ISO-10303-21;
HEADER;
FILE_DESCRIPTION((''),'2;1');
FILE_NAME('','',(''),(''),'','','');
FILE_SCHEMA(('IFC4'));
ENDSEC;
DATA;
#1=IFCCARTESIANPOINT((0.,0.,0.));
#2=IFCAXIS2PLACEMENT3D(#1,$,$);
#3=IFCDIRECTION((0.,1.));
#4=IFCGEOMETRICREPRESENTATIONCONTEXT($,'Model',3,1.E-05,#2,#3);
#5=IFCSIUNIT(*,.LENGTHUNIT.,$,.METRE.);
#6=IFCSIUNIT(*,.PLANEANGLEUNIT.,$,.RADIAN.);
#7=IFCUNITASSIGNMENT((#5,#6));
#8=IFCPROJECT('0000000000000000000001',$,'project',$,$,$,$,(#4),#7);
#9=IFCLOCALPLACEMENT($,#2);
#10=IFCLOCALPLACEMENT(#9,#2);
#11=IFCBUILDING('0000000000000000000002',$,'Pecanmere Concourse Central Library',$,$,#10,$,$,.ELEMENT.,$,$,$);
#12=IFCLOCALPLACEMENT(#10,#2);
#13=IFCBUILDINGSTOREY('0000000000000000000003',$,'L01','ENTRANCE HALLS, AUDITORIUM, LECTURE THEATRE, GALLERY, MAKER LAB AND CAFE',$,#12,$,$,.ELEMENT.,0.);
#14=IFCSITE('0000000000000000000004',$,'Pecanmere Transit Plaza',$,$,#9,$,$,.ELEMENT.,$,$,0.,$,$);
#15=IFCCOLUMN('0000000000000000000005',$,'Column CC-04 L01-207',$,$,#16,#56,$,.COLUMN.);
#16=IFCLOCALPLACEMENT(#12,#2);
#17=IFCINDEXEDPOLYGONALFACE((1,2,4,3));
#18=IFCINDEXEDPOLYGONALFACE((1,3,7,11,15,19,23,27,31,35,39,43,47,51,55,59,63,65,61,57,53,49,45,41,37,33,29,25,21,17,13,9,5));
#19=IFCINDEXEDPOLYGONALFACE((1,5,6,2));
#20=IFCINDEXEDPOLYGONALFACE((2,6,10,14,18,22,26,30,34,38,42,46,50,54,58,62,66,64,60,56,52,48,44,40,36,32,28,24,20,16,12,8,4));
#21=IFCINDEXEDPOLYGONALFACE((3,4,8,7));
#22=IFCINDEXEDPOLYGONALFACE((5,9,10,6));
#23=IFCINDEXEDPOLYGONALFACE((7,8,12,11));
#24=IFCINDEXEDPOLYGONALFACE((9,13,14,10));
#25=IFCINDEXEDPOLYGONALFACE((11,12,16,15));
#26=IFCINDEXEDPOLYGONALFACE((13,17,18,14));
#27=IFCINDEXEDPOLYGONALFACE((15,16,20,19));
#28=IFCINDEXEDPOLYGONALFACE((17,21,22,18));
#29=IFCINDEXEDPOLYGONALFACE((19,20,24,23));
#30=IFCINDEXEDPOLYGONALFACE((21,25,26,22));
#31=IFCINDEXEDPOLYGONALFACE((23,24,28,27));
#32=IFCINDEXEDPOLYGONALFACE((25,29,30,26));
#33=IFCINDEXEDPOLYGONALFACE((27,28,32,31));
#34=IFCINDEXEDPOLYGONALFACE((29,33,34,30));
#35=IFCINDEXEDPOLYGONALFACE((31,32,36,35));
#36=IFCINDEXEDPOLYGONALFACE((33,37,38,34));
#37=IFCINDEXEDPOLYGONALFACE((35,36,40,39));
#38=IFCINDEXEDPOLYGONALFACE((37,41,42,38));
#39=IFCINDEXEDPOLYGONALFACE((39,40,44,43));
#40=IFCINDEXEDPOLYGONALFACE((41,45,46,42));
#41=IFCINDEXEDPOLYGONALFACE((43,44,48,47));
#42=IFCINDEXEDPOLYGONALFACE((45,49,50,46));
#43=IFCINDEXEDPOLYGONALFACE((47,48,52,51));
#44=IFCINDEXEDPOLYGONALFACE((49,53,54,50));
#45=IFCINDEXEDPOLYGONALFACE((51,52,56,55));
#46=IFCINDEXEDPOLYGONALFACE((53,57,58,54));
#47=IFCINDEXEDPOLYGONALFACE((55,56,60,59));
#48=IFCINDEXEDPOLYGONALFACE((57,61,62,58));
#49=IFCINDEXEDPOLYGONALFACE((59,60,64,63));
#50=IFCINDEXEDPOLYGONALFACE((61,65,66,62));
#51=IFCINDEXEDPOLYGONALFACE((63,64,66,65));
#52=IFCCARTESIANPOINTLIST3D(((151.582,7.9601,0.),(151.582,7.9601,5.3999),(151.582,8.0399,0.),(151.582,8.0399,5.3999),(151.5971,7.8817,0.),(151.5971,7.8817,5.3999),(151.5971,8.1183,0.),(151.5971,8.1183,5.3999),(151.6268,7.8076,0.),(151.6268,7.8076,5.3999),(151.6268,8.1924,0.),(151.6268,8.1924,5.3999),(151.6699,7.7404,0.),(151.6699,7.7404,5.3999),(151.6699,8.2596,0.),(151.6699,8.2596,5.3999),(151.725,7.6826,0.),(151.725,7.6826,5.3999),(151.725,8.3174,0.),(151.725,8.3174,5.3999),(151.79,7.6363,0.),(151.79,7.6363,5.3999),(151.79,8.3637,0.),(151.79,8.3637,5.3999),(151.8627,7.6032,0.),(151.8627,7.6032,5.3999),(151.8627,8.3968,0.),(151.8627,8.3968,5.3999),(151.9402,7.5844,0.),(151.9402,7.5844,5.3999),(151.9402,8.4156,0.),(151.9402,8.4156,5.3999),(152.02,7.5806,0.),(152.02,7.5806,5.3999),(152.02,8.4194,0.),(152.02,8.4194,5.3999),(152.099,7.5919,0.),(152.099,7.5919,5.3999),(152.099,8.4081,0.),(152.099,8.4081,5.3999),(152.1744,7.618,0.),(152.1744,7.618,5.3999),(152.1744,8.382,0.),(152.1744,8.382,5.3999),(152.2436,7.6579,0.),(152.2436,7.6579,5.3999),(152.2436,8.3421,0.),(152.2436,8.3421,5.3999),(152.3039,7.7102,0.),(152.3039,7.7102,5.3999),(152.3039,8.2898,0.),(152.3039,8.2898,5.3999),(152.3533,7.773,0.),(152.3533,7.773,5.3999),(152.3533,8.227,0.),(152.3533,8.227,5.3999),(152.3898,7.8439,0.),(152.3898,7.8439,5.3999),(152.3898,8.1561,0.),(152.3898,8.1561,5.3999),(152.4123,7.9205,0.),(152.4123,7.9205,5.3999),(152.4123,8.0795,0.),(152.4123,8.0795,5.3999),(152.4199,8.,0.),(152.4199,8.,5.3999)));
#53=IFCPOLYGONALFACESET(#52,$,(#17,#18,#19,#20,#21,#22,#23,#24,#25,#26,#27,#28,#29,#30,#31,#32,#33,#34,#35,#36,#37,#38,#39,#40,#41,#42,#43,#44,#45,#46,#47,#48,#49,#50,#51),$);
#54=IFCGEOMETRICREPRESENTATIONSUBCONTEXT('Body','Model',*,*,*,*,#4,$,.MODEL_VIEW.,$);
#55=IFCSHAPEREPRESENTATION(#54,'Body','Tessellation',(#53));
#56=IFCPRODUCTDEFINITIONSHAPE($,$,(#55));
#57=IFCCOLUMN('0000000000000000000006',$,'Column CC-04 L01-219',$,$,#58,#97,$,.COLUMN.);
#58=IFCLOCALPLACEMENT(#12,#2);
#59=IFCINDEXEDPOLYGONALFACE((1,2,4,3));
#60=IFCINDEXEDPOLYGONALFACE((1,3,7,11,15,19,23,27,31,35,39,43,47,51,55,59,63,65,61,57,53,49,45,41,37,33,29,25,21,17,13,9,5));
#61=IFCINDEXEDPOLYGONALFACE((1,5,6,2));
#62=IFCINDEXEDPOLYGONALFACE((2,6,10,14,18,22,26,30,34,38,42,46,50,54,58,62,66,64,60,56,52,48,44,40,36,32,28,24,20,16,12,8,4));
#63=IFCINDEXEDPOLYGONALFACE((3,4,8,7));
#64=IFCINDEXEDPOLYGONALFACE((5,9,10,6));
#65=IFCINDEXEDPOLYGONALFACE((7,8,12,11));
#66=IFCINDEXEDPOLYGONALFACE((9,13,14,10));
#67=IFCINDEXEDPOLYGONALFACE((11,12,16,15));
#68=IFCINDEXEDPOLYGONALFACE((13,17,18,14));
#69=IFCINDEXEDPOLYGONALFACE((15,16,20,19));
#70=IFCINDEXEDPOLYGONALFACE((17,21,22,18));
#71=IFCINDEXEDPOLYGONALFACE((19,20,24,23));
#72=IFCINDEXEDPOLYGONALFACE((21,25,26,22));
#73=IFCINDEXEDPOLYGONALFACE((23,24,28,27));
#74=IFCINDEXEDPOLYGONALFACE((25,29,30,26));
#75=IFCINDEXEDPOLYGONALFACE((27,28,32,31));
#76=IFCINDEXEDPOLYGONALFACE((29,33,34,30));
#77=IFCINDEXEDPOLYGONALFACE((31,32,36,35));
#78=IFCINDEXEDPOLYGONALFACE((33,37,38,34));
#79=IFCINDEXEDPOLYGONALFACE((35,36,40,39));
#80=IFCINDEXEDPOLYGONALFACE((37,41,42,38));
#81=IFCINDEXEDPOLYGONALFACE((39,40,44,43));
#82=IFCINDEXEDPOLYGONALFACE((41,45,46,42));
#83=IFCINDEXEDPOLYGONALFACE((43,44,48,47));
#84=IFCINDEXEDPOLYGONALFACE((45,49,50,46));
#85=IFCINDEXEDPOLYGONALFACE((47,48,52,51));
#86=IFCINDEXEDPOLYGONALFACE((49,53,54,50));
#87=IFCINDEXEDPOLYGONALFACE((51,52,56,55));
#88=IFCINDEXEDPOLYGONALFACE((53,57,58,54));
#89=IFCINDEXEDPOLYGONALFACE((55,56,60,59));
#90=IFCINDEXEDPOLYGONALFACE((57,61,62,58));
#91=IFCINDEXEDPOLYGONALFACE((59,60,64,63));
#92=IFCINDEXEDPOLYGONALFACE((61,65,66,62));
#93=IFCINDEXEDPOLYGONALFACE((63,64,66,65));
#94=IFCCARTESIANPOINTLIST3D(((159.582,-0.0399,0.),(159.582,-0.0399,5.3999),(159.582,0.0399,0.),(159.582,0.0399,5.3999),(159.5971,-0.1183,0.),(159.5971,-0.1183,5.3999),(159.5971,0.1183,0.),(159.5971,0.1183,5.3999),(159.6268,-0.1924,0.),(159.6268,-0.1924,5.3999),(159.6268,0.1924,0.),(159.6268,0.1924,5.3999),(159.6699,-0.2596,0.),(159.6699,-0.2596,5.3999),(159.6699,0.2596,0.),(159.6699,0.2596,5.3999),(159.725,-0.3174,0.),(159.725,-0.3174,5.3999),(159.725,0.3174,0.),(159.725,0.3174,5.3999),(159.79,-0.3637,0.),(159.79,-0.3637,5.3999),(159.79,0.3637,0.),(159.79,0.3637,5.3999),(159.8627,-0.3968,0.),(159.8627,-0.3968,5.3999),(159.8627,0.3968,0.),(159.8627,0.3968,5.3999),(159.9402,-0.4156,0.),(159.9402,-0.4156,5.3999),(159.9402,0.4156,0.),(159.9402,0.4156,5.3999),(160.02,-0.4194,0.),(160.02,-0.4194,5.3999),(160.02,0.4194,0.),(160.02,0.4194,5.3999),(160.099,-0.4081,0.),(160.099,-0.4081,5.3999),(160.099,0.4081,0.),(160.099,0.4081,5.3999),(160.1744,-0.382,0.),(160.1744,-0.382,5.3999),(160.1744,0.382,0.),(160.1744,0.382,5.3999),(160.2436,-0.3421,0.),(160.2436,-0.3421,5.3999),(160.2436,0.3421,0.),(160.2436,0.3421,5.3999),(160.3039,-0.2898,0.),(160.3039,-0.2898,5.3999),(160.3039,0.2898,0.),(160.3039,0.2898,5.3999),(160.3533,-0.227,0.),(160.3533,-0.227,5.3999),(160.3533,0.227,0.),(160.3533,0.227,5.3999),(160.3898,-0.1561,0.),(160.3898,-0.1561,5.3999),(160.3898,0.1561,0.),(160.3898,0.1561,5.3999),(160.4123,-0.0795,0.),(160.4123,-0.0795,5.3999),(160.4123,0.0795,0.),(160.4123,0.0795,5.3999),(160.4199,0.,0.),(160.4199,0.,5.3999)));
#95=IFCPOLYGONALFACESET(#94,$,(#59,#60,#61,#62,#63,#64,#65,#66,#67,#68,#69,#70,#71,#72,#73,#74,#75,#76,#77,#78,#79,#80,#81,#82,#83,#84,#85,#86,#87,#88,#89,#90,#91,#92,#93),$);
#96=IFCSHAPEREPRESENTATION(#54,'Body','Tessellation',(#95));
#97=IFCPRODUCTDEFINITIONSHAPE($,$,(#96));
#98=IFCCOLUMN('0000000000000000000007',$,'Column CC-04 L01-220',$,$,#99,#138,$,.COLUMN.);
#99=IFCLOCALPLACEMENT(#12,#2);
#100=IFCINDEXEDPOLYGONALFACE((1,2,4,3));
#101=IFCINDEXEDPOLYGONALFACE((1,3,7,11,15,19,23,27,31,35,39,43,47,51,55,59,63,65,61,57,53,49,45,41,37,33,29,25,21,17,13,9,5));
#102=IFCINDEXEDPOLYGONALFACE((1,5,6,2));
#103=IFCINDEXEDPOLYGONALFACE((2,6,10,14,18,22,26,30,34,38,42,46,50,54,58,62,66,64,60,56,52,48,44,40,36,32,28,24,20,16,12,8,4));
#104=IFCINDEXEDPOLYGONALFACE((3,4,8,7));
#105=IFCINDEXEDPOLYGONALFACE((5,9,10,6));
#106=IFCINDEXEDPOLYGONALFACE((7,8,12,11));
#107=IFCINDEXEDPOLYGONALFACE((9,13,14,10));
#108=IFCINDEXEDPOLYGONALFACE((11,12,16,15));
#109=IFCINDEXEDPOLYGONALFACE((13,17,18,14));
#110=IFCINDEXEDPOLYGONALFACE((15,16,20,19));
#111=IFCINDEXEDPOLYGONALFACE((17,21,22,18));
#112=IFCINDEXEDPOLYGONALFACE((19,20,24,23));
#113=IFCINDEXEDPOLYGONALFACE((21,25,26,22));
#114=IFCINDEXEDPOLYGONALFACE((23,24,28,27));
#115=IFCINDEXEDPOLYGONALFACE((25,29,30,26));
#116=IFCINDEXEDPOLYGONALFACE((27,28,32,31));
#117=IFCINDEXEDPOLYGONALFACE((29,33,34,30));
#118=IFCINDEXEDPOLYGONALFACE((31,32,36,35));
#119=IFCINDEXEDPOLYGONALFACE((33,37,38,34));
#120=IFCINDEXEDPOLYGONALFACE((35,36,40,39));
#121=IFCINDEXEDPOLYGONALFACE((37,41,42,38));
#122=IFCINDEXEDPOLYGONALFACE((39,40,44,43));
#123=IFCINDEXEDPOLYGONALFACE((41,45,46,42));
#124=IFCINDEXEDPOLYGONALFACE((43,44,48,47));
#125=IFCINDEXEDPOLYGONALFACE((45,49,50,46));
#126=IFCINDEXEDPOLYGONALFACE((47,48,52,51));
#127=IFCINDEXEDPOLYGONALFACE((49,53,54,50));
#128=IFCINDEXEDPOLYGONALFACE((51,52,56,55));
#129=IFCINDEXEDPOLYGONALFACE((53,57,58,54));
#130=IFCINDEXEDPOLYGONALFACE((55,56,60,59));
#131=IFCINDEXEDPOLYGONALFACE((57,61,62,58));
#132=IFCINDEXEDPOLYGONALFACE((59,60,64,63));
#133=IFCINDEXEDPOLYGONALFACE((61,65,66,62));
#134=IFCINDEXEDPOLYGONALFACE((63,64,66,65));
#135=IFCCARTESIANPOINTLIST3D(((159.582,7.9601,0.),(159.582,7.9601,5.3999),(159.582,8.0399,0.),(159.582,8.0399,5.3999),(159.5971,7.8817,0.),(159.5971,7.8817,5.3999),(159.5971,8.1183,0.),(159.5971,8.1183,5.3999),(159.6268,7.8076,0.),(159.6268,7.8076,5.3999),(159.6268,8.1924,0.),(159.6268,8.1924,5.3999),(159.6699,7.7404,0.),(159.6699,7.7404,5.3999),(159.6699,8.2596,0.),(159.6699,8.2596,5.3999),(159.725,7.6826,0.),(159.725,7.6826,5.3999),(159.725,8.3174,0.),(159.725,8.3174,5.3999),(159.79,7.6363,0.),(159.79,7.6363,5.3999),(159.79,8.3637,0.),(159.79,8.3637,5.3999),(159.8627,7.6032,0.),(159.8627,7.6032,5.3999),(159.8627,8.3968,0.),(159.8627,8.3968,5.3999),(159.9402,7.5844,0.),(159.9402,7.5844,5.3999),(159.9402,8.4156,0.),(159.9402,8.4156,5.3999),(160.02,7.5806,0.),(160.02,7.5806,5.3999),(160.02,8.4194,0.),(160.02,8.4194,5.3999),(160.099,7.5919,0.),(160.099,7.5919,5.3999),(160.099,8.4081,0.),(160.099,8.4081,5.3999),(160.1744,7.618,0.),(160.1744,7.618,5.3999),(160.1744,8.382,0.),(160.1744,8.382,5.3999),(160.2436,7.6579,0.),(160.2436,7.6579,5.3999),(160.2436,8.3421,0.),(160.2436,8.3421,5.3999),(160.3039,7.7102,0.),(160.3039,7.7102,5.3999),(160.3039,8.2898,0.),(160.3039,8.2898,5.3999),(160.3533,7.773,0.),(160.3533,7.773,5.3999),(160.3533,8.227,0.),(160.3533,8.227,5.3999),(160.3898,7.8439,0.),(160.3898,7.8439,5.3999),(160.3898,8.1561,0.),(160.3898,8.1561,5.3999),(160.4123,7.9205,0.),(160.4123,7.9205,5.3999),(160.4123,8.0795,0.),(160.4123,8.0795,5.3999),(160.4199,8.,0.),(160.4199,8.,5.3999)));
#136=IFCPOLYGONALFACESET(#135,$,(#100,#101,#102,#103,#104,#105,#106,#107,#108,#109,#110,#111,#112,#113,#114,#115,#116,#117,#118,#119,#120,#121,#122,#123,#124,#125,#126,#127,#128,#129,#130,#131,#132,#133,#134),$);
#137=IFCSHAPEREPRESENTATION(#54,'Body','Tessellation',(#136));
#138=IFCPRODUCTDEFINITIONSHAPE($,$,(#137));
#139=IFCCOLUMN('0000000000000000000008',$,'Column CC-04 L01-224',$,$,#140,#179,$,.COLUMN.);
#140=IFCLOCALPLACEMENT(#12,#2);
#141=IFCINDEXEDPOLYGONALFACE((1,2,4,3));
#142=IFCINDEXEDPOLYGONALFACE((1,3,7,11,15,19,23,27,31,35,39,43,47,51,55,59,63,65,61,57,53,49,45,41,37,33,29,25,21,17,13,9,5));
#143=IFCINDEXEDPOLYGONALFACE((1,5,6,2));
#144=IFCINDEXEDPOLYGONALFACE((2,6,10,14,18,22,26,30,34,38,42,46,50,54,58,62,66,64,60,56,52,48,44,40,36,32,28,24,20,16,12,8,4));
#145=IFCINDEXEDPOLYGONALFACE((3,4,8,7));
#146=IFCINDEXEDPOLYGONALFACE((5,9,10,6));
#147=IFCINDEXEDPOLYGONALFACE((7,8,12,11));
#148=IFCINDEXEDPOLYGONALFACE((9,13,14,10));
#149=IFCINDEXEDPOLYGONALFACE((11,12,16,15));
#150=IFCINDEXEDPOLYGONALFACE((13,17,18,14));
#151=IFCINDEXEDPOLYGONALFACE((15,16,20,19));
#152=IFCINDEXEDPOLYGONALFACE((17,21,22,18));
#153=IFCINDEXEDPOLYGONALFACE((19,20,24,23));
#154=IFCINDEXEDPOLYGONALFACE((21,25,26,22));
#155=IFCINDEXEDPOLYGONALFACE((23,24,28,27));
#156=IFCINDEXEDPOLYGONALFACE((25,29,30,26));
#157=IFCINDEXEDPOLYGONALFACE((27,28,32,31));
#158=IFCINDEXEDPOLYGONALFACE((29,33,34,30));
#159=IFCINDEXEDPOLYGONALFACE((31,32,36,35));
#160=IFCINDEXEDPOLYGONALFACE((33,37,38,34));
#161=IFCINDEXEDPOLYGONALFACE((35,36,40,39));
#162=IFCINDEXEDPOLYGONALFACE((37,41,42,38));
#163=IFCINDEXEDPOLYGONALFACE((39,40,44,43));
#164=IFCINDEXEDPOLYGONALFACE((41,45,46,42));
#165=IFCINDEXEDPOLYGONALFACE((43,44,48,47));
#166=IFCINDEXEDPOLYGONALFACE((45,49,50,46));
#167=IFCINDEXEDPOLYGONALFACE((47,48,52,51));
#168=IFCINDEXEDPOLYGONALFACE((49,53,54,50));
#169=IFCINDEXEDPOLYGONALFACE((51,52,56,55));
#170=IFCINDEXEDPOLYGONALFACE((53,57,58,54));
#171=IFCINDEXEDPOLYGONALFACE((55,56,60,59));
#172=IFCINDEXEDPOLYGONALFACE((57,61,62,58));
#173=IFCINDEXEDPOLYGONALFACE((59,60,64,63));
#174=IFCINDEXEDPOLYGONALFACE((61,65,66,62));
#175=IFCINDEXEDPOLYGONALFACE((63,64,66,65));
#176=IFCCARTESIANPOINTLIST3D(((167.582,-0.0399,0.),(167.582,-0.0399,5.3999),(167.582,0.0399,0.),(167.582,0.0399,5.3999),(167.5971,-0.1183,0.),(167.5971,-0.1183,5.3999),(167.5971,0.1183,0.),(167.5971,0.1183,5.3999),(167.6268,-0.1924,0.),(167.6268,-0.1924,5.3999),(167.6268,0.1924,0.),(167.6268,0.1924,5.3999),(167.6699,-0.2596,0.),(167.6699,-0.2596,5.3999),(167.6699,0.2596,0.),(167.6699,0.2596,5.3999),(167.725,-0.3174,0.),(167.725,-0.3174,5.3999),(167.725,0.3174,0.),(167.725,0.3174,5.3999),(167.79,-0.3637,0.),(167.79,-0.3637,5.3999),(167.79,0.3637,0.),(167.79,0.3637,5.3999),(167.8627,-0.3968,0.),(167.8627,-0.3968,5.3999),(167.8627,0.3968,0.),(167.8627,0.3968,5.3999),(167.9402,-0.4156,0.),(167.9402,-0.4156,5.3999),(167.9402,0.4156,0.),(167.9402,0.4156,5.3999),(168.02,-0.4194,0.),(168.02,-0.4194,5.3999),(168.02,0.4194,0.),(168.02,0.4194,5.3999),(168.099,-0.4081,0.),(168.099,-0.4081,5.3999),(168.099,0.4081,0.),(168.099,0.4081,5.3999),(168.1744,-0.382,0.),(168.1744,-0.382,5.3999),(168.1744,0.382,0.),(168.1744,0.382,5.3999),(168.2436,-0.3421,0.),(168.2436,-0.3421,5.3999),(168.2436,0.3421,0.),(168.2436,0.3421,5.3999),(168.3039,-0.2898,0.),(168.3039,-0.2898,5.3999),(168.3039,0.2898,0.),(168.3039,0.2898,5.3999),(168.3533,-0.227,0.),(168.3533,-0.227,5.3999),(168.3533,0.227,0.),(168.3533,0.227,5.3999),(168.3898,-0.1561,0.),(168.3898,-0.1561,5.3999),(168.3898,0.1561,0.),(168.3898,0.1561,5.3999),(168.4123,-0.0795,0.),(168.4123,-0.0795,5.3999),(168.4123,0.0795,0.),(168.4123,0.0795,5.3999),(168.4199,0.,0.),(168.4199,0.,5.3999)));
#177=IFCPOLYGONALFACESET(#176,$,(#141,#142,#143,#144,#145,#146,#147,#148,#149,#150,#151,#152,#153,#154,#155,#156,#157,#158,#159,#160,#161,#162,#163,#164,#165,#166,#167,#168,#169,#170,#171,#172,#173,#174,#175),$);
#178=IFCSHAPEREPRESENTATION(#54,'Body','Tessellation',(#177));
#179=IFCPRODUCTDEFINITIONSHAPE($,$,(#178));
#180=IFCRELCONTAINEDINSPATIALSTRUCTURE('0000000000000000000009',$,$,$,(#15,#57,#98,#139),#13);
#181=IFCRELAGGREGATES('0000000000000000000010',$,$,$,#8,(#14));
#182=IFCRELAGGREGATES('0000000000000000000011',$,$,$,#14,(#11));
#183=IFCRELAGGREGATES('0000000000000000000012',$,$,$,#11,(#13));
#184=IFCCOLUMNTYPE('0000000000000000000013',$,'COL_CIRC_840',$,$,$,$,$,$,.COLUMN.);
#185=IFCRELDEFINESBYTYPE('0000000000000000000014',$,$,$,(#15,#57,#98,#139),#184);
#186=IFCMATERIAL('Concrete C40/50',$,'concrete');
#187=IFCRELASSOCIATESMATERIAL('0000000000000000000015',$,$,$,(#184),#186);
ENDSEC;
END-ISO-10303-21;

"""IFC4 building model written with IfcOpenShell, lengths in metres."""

from ifc_helpers import new_model, si_unit, direction, frame, origin, origin_2d, place, context, subcontext, project, spatial, circle, extrude, material, material_profile, profile_set, type_object, element, save


model = new_model("IFC4")

# Units and contexts
model_context = context("Model", 3, precision=1e-05, world=origin(), true_north=direction((0.0, 1.0)))
body_context = subcontext(model_context, "Body", "Model", "MODEL_VIEW")
ifc_project = project(units=[si_unit("LENGTHUNIT", "METRE"), si_unit("PLANEANGLEUNIT", "RADIAN")], contexts=[model_context])

# Site, building, storey
site_placement = place(None, origin())
site = spatial("IfcSite", under=ifc_project, at=site_placement, Name="Pecanmere Transit Plaza", CompositionType="ELEMENT", RefElevation=0.0)
building_placement = place(site_placement, origin())
building = spatial("IfcBuilding", under=site, at=building_placement, Name="Pecanmere Concourse Central Library", CompositionType="ELEMENT")
storey_placement = place(building_placement, origin())
storey = spatial("IfcBuildingStorey", under=building, at=storey_placement, Name="L01", Description="ENTRANCE HALLS, AUDITORIUM, LECTURE THEATRE, GALLERY, MAKER LAB AND CAFE", CompositionType="ELEMENT", Elevation=0.0)

# Columns
ifc_material_1 = material(Name="Concrete C40/50", Category="concrete")
ifc_material_profile = material_profile(ifc_material_1, circle(Radius=0.4199, at=origin_2d()), Name="RC D840")
ifc_profile_set = profile_set([ifc_material_profile], Name="Concrete C40/50")
column_type = type_object("IfcColumnType", Name="COL_CIRC_840", PredefinedType="COLUMN", material=ifc_profile_set)
for number, where, z_axis, x_axis, name in (
    (1, (152.0, 8.0, 0.0), (0.0, 0.0, 1.0), (1.0, 0.0, 0.0), "Column CC-04 L01-207"),
    (2, (160.0, 0.0, 0.0), (0.0, 0.0, 1.0), (1.0, 0.0, 0.0), "Column CC-04 L01-219"),
    (3, (160.0, 8.0, 0.0), (0.0, 0.0, 1.0), (1.0, 0.0, 0.0), "Column CC-04 L01-220"),
    (4, (168.0, 0.0, 0.0), (0.0, 0.0, 1.0), (1.0, 0.0, 0.0), "Column CC-04 L01-224"),
):
    element("IfcColumn", number, at=place(storey_placement, frame(where, z_axis=z_axis, x_axis=x_axis)), inside=storey, type_object=column_type, Name=name, PredefinedType="COLUMN", context=body_context, shape_type="SweptSolid", body=[
        extrude(circle(Radius=0.4199, at=origin_2d()), origin(), (0.0, 0.0, 1.0), 5.3999),
    ])

save(model, "model.ifc")
